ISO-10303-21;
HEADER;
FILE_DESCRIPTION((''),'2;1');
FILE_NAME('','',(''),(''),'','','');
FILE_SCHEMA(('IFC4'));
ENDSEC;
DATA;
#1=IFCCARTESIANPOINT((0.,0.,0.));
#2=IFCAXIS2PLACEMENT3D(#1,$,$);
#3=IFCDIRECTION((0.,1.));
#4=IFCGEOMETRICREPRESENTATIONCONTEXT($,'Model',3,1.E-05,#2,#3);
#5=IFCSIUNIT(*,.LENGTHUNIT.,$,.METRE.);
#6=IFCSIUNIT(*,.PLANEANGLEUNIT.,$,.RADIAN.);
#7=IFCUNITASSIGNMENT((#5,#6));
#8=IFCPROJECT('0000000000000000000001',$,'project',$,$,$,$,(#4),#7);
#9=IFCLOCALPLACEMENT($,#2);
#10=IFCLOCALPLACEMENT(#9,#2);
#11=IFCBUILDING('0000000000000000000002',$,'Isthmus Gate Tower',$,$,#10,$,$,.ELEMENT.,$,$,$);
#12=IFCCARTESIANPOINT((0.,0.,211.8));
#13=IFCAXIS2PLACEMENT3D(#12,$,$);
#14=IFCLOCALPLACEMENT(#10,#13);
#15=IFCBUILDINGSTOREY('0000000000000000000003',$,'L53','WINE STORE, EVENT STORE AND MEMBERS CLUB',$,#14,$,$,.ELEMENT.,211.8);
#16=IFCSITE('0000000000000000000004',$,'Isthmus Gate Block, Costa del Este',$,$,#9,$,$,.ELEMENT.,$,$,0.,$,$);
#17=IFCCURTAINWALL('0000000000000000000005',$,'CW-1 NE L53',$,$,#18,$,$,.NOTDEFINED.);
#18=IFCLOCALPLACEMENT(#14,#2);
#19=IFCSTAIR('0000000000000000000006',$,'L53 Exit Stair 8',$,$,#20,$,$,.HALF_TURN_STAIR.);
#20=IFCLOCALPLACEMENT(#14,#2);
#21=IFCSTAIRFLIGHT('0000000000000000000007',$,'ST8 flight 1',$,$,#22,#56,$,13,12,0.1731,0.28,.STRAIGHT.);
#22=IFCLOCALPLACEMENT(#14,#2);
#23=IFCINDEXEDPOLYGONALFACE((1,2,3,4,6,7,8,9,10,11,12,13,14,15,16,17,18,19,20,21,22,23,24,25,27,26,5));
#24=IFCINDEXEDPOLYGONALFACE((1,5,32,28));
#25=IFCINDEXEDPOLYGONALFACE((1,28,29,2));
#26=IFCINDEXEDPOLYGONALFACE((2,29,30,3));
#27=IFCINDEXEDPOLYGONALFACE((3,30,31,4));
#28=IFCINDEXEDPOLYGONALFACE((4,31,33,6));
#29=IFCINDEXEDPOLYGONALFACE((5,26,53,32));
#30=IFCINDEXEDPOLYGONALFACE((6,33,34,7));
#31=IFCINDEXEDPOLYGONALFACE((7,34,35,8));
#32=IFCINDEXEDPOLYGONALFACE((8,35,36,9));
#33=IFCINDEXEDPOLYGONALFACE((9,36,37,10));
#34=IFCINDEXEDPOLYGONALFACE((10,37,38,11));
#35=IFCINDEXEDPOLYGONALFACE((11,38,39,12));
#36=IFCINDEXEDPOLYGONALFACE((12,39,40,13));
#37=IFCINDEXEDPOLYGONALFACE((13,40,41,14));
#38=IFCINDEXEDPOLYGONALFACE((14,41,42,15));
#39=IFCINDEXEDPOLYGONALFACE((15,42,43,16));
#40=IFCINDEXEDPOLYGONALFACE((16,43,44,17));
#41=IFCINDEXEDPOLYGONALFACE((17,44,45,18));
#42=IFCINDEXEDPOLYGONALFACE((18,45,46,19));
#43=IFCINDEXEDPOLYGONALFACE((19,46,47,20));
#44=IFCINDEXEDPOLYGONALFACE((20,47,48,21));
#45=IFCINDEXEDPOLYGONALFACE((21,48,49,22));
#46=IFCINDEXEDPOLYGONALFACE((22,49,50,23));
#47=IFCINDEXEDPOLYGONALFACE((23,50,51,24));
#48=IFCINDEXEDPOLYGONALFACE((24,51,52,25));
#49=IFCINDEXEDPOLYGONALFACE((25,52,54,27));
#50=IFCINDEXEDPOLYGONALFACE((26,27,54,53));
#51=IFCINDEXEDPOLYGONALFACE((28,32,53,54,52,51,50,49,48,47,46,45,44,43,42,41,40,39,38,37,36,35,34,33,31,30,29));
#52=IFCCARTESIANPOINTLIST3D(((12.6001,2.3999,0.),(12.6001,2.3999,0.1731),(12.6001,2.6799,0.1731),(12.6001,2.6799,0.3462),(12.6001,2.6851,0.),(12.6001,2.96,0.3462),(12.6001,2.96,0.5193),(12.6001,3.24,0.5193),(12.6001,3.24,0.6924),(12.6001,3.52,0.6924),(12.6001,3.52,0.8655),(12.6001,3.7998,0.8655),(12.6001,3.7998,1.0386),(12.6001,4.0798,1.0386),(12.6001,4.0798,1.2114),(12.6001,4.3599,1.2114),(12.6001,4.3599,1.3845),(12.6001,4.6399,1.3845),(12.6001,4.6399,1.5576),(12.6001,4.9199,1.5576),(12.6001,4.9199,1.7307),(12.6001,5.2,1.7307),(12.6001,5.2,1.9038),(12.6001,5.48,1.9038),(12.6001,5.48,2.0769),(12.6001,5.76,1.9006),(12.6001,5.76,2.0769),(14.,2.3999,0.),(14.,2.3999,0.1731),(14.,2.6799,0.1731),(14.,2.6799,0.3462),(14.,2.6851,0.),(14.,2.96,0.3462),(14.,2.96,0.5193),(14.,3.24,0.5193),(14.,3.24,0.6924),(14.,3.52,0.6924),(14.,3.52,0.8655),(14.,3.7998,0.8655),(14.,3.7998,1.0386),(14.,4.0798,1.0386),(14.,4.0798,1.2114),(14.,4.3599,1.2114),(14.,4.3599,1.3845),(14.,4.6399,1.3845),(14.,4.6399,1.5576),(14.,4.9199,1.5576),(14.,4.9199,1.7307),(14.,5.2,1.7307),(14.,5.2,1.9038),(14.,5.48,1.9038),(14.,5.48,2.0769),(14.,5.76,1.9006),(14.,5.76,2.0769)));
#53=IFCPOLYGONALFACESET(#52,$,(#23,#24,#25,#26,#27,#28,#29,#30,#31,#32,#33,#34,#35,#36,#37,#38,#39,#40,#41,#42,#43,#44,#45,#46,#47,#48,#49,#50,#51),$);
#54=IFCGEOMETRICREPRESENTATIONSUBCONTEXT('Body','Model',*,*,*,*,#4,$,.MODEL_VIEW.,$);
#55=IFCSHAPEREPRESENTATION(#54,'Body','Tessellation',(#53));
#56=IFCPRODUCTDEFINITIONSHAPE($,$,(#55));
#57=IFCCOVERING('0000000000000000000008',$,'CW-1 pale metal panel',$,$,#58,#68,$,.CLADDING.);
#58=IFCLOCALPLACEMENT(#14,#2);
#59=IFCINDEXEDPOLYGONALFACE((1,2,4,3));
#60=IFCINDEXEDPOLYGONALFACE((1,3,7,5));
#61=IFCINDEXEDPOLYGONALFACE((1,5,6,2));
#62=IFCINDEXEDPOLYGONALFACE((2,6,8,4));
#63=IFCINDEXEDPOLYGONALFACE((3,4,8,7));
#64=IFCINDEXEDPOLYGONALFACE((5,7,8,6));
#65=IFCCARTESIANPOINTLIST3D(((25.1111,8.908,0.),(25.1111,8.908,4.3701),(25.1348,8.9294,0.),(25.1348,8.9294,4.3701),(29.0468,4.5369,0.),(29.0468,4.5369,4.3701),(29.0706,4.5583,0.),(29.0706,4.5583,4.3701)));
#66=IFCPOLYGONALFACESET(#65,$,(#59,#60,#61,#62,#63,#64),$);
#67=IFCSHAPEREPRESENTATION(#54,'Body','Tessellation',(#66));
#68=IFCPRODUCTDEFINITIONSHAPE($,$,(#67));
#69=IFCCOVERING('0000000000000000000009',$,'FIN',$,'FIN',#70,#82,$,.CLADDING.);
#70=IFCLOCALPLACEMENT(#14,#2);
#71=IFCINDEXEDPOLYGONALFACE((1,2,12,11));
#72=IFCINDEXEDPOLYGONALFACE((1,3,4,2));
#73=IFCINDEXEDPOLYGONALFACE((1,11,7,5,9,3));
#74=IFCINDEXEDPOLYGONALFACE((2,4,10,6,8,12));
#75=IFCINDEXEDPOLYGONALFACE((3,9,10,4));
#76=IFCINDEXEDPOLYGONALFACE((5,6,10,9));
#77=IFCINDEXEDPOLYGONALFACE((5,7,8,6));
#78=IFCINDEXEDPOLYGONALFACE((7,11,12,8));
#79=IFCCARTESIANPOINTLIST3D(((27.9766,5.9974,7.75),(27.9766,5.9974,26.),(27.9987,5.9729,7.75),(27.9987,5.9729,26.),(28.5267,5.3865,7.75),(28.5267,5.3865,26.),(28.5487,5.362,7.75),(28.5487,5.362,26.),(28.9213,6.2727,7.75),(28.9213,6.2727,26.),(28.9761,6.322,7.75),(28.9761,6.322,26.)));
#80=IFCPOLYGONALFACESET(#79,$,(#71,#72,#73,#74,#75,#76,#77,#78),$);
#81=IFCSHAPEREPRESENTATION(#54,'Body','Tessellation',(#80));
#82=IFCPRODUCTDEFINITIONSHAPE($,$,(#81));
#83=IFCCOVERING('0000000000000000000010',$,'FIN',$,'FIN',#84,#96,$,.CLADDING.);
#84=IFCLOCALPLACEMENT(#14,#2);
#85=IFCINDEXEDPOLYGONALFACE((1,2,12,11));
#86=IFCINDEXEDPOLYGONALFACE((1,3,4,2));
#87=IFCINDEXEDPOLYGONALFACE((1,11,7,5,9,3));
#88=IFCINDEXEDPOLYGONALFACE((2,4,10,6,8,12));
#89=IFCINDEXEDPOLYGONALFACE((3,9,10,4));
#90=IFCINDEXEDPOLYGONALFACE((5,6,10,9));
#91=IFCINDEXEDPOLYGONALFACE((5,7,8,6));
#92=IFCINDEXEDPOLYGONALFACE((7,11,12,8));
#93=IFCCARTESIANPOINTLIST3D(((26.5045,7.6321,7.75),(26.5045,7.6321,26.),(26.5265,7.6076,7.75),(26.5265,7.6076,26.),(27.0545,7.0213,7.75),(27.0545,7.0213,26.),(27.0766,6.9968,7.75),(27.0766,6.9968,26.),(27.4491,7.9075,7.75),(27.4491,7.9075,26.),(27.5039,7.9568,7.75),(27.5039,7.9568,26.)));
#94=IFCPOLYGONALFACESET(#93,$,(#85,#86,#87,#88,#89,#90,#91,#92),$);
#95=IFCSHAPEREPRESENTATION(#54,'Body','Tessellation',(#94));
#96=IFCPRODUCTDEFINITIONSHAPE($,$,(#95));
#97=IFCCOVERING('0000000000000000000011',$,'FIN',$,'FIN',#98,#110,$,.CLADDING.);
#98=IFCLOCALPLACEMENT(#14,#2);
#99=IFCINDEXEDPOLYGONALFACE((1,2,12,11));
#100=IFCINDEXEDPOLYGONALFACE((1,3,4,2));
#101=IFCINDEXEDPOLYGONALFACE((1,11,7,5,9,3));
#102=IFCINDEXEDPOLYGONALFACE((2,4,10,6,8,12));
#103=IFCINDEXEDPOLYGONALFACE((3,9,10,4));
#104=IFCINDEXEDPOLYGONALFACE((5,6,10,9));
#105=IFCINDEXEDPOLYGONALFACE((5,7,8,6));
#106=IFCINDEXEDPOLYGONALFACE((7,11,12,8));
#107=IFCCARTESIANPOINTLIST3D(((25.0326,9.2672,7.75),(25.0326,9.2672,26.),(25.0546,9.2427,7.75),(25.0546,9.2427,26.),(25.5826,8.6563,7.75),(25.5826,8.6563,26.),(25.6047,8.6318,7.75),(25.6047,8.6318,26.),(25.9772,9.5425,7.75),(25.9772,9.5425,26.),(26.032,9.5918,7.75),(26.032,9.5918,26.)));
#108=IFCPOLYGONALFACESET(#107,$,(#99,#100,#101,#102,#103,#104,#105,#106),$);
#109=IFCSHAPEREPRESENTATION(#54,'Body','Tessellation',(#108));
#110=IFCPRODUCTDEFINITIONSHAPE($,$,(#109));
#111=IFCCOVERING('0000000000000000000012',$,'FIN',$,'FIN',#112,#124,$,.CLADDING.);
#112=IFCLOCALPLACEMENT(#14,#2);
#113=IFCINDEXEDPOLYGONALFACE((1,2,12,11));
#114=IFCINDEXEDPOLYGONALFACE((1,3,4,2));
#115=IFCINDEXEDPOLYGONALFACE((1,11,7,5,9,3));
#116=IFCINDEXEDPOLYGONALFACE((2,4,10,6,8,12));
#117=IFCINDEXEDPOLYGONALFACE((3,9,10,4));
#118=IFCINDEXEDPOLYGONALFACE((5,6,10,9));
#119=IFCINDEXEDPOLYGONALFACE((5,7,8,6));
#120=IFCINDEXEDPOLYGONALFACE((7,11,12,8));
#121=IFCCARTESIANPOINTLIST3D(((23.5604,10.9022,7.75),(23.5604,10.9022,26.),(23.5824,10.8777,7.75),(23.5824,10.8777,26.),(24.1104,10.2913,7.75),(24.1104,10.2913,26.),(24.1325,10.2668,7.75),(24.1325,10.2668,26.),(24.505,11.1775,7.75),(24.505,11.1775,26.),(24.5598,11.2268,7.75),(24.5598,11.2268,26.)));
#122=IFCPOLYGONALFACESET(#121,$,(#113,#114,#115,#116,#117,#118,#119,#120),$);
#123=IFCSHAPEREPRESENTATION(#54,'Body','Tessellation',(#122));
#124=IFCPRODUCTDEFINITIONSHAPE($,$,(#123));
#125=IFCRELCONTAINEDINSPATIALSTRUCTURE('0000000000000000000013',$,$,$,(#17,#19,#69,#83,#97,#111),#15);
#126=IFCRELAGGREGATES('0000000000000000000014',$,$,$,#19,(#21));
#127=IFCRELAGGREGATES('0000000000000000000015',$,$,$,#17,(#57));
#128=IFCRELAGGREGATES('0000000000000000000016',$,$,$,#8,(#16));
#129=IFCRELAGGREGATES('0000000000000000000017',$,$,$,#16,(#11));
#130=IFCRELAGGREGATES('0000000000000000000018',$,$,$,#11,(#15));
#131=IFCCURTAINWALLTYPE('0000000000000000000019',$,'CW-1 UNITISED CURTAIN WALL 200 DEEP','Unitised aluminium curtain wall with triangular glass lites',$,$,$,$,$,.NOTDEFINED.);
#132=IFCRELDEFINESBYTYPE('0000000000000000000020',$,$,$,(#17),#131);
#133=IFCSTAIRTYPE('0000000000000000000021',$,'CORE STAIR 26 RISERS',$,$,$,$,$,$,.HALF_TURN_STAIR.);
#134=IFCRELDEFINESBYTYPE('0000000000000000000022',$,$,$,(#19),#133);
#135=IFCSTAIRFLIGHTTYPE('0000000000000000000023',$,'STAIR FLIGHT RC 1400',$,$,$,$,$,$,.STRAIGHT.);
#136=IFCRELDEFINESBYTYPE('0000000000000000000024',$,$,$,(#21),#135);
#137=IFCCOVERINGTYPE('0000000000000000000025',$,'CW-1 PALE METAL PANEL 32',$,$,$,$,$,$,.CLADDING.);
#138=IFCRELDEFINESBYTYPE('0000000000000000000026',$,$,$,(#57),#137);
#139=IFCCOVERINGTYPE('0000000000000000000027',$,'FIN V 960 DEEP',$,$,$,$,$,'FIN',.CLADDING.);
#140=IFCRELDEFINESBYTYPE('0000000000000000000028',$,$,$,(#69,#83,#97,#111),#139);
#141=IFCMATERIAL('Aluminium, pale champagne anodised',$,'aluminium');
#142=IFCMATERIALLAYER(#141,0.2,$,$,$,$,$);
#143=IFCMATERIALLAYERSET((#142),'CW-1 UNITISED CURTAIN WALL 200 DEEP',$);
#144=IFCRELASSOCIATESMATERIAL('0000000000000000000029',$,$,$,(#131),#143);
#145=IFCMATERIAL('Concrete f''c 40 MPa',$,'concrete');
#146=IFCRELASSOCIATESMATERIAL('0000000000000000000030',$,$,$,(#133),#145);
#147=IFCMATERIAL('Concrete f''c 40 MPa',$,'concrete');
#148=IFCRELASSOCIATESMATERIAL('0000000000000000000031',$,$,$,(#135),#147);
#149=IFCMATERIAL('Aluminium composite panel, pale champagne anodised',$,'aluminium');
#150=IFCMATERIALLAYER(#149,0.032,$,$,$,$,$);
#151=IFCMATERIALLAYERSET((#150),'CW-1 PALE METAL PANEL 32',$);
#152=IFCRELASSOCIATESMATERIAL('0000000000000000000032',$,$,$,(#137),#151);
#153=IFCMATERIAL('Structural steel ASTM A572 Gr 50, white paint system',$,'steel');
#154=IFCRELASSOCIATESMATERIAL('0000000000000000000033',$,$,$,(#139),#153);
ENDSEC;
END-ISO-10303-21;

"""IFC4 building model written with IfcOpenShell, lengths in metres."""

from ifc_helpers import new_model, si_unit, direction, frame, origin, origin_2d, place, context, subcontext, project, spatial, polyline, rectangle, outline, extrude, material, layer, layer_set, material_profile, profile_set, type_object, element, aggregate, save


model = new_model("IFC4")

# Units and contexts
model_context = context("Model", 3, precision=1e-05, world=origin(), true_north=direction((0.0, 1.0)))
body_context = subcontext(model_context, "Body", "Model", "MODEL_VIEW")
ifc_project = project(units=[si_unit("LENGTHUNIT", "METRE"), si_unit("PLANEANGLEUNIT", "RADIAN")], contexts=[model_context])

# Site, building, storey
site_placement = place(None, origin())
site = spatial("IfcSite", under=ifc_project, at=site_placement, Name="Isthmus Gate Block, Costa del Este", CompositionType="ELEMENT", RefElevation=0.0)
building_placement = place(site_placement, origin())
building = spatial("IfcBuilding", under=site, at=building_placement, Name="Isthmus Gate Tower", CompositionType="ELEMENT")
storey_placement = place(building_placement, frame((0.0, 0.0, 211.8)))
storey = spatial("IfcBuildingStorey", under=building, at=storey_placement, Name="L53", Description="WINE STORE, EVENT STORE AND MEMBERS CLUB", CompositionType="ELEMENT", Elevation=211.8)

# Curtain wall
ifc_material_1 = material(Name="Aluminium, pale champagne anodised", Category="aluminium")
ifc_layer_1 = layer(ifc_material_1, 0.2)
ifc_layer_set_1 = layer_set([ifc_layer_1], Name="CW-1 UNITISED CURTAIN WALL 200 DEEP")
curtain_wall_type = type_object("IfcCurtainWallType", Name="CW-1 UNITISED CURTAIN WALL 200 DEEP", Description="Unitised aluminium curtain wall with triangular glass lites", PredefinedType="NOTDEFINED", material=ifc_layer_set_1)
curtain_wall_1_placement = place(storey_placement, origin())
curtain_wall_1 = element("IfcCurtainWall", 1, at=curtain_wall_1_placement, inside=storey, type_object=curtain_wall_type, Name="CW-1 NE L53", PredefinedType="NOTDEFINED")

# Stair, stair flight
ifc_material_2 = material(Name="Concrete f'c 40 MPa", Category="concrete")
stair_type = type_object("IfcStairType", Name="CORE STAIR 26 RISERS", PredefinedType="HALF_TURN_STAIR", material=ifc_material_2)
ifc_material_3 = material(Name="Concrete f'c 40 MPa", Category="concrete")
stair_flight_type = type_object("IfcStairFlightType", Name="STAIR FLIGHT RC 1400", PredefinedType="STRAIGHT", material=ifc_material_3)
stair_1_placement = place(storey_placement, origin())
stair_1 = element("IfcStair", 2, at=stair_1_placement, inside=storey, type_object=stair_type, Name="L53 Exit Stair 8", PredefinedType="HALF_TURN_STAIR")
stair_flight_1_placement = place(storey_placement, frame((13.3, 2.3999, 0.0), z_axis=(0.0, 0.0, 1.0), x_axis=(0.0, 1.0, 0.0)))
stair_flight_1 = element("IfcStairFlight", 3, at=stair_flight_1_placement, type_object=stair_flight_type, Name="ST8 flight 1", NumberOfRisers=13, NumberOfTreads=12, PredefinedType="STRAIGHT", RiserHeight=0.1731, TreadLength=0.28, context=body_context, shape_type="SweptSolid", body=[
    extrude(outline(polyline([(0.0, 0.0), (0.0, 0.1731), (0.28, 0.1731), (0.28, 0.3462), (0.5601, 0.3462), (0.5601, 0.5193), (0.8401, 0.5193), (0.8401, 0.6924), (1.1201, 0.6924), (1.1201, 0.8655), (1.3999, 0.8655), (1.3999, 1.0386), (1.6799, 1.0386), (1.6799, 1.2114), (1.96, 1.2114), (1.96, 1.3845), (2.24, 1.3845), (2.24, 1.5576), (2.52, 1.5576), (2.52, 1.7307), (2.8, 1.7307), (2.8, 1.9038), (3.0801, 1.9038), (3.0801, 2.0769), (3.3601, 2.0769), (3.3601, 2.25), (3.3601, 1.9006), (0.2852, 0.0), (0.0, 0.0)])), frame((0.0, 0.7, 0.0), z_axis=(0.0, -1.0, 0.0), x_axis=(1.0, 0.0, 0.0)), (0.0, 0.0, 1.0), 1.3999),
])
aggregate(stair_1, [stair_flight_1])

# Covering
ifc_material_4 = material(Name="Aluminium composite panel, pale champagne anodised", Category="aluminium")
ifc_layer_2 = layer(ifc_material_4, 0.032)
ifc_layer_set_2 = layer_set([ifc_layer_2], Name="CW-1 PALE METAL PANEL 32")
covering_type_1 = type_object("IfcCoveringType", Name="CW-1 PALE METAL PANEL 32", PredefinedType="CLADDING", material=ifc_layer_set_2)
covering_placement = place(storey_placement, frame((27.0908, 6.7332, 0.0), z_axis=(0.0, 0.0, 1.0), x_axis=(-0.669131, 0.743145, 0.0)))
covering = element("IfcCovering", 4, at=covering_placement, type_object=covering_type_1, Name="CW-1 pale metal panel", PredefinedType="CLADDING", context=body_context, shape_type="SweptSolid", body=[
    extrude(rectangle(XDim=5.8818, YDim=0.032, at=origin_2d()), origin(), (0.0, 0.0, 1.0), 4.3701),
])
aggregate(curtain_wall_1, [covering])

# Coverings
ifc_material_5 = material(Name="Structural steel ASTM A572 Gr 50, white paint system", Category="steel")
ifc_material_profile_1 = material_profile(ifc_material_5, outline(polyline([(0.0, -0.4275), (0.96, 0.0), (0.0, 0.4275), (0.0, 0.3945), (0.8862, 0.0), (0.0, -0.3945), (0.0, -0.4275)])), Name="V960")
ifc_profile_set_1 = profile_set([ifc_material_profile_1], Name="Structural steel ASTM A572 Gr 50, white paint system")
covering_type_2 = type_object("IfcCoveringType", Name="FIN V 960 DEEP", ElementType="FIN", PredefinedType="CLADDING", material=ifc_profile_set_1)
for number, where, z_axis, x_axis, name in (
    (5, (28.2627, 5.6797, 7.75), (0.0, 0.0, 1.0), (0.743145, 0.669131, 0.0), "FIN"),
    (6, (26.7905, 7.3145, 7.75), (0.0, 0.0, 1.0), (0.743145, 0.669131, 0.0), "FIN"),
    (7, (25.3186, 8.9495, 7.75), (0.0, 0.0, 1.0), (0.743145, 0.669131, 0.0), "FIN"),
    (8, (23.8464, 10.5845, 7.75), (0.0, 0.0, 1.0), (0.743145, 0.669131, 0.0), "FIN"),
):
    element("IfcCovering", number, at=place(storey_placement, frame(where, z_axis=z_axis, x_axis=x_axis)), inside=storey, type_object=covering_type_2, Name=name, ObjectType="FIN", PredefinedType="CLADDING", context=body_context, shape_type="SweptSolid", body=[
        extrude(outline(polyline([(0.0, -0.4275), (0.96, 0.0), (0.0, 0.4275), (0.0, 0.3945), (0.8862, 0.0), (0.0, -0.3945), (0.0, -0.4275)])), origin(), (0.0, 0.0, 1.0), 18.25),
    ])

save(model, "model.ifc")
